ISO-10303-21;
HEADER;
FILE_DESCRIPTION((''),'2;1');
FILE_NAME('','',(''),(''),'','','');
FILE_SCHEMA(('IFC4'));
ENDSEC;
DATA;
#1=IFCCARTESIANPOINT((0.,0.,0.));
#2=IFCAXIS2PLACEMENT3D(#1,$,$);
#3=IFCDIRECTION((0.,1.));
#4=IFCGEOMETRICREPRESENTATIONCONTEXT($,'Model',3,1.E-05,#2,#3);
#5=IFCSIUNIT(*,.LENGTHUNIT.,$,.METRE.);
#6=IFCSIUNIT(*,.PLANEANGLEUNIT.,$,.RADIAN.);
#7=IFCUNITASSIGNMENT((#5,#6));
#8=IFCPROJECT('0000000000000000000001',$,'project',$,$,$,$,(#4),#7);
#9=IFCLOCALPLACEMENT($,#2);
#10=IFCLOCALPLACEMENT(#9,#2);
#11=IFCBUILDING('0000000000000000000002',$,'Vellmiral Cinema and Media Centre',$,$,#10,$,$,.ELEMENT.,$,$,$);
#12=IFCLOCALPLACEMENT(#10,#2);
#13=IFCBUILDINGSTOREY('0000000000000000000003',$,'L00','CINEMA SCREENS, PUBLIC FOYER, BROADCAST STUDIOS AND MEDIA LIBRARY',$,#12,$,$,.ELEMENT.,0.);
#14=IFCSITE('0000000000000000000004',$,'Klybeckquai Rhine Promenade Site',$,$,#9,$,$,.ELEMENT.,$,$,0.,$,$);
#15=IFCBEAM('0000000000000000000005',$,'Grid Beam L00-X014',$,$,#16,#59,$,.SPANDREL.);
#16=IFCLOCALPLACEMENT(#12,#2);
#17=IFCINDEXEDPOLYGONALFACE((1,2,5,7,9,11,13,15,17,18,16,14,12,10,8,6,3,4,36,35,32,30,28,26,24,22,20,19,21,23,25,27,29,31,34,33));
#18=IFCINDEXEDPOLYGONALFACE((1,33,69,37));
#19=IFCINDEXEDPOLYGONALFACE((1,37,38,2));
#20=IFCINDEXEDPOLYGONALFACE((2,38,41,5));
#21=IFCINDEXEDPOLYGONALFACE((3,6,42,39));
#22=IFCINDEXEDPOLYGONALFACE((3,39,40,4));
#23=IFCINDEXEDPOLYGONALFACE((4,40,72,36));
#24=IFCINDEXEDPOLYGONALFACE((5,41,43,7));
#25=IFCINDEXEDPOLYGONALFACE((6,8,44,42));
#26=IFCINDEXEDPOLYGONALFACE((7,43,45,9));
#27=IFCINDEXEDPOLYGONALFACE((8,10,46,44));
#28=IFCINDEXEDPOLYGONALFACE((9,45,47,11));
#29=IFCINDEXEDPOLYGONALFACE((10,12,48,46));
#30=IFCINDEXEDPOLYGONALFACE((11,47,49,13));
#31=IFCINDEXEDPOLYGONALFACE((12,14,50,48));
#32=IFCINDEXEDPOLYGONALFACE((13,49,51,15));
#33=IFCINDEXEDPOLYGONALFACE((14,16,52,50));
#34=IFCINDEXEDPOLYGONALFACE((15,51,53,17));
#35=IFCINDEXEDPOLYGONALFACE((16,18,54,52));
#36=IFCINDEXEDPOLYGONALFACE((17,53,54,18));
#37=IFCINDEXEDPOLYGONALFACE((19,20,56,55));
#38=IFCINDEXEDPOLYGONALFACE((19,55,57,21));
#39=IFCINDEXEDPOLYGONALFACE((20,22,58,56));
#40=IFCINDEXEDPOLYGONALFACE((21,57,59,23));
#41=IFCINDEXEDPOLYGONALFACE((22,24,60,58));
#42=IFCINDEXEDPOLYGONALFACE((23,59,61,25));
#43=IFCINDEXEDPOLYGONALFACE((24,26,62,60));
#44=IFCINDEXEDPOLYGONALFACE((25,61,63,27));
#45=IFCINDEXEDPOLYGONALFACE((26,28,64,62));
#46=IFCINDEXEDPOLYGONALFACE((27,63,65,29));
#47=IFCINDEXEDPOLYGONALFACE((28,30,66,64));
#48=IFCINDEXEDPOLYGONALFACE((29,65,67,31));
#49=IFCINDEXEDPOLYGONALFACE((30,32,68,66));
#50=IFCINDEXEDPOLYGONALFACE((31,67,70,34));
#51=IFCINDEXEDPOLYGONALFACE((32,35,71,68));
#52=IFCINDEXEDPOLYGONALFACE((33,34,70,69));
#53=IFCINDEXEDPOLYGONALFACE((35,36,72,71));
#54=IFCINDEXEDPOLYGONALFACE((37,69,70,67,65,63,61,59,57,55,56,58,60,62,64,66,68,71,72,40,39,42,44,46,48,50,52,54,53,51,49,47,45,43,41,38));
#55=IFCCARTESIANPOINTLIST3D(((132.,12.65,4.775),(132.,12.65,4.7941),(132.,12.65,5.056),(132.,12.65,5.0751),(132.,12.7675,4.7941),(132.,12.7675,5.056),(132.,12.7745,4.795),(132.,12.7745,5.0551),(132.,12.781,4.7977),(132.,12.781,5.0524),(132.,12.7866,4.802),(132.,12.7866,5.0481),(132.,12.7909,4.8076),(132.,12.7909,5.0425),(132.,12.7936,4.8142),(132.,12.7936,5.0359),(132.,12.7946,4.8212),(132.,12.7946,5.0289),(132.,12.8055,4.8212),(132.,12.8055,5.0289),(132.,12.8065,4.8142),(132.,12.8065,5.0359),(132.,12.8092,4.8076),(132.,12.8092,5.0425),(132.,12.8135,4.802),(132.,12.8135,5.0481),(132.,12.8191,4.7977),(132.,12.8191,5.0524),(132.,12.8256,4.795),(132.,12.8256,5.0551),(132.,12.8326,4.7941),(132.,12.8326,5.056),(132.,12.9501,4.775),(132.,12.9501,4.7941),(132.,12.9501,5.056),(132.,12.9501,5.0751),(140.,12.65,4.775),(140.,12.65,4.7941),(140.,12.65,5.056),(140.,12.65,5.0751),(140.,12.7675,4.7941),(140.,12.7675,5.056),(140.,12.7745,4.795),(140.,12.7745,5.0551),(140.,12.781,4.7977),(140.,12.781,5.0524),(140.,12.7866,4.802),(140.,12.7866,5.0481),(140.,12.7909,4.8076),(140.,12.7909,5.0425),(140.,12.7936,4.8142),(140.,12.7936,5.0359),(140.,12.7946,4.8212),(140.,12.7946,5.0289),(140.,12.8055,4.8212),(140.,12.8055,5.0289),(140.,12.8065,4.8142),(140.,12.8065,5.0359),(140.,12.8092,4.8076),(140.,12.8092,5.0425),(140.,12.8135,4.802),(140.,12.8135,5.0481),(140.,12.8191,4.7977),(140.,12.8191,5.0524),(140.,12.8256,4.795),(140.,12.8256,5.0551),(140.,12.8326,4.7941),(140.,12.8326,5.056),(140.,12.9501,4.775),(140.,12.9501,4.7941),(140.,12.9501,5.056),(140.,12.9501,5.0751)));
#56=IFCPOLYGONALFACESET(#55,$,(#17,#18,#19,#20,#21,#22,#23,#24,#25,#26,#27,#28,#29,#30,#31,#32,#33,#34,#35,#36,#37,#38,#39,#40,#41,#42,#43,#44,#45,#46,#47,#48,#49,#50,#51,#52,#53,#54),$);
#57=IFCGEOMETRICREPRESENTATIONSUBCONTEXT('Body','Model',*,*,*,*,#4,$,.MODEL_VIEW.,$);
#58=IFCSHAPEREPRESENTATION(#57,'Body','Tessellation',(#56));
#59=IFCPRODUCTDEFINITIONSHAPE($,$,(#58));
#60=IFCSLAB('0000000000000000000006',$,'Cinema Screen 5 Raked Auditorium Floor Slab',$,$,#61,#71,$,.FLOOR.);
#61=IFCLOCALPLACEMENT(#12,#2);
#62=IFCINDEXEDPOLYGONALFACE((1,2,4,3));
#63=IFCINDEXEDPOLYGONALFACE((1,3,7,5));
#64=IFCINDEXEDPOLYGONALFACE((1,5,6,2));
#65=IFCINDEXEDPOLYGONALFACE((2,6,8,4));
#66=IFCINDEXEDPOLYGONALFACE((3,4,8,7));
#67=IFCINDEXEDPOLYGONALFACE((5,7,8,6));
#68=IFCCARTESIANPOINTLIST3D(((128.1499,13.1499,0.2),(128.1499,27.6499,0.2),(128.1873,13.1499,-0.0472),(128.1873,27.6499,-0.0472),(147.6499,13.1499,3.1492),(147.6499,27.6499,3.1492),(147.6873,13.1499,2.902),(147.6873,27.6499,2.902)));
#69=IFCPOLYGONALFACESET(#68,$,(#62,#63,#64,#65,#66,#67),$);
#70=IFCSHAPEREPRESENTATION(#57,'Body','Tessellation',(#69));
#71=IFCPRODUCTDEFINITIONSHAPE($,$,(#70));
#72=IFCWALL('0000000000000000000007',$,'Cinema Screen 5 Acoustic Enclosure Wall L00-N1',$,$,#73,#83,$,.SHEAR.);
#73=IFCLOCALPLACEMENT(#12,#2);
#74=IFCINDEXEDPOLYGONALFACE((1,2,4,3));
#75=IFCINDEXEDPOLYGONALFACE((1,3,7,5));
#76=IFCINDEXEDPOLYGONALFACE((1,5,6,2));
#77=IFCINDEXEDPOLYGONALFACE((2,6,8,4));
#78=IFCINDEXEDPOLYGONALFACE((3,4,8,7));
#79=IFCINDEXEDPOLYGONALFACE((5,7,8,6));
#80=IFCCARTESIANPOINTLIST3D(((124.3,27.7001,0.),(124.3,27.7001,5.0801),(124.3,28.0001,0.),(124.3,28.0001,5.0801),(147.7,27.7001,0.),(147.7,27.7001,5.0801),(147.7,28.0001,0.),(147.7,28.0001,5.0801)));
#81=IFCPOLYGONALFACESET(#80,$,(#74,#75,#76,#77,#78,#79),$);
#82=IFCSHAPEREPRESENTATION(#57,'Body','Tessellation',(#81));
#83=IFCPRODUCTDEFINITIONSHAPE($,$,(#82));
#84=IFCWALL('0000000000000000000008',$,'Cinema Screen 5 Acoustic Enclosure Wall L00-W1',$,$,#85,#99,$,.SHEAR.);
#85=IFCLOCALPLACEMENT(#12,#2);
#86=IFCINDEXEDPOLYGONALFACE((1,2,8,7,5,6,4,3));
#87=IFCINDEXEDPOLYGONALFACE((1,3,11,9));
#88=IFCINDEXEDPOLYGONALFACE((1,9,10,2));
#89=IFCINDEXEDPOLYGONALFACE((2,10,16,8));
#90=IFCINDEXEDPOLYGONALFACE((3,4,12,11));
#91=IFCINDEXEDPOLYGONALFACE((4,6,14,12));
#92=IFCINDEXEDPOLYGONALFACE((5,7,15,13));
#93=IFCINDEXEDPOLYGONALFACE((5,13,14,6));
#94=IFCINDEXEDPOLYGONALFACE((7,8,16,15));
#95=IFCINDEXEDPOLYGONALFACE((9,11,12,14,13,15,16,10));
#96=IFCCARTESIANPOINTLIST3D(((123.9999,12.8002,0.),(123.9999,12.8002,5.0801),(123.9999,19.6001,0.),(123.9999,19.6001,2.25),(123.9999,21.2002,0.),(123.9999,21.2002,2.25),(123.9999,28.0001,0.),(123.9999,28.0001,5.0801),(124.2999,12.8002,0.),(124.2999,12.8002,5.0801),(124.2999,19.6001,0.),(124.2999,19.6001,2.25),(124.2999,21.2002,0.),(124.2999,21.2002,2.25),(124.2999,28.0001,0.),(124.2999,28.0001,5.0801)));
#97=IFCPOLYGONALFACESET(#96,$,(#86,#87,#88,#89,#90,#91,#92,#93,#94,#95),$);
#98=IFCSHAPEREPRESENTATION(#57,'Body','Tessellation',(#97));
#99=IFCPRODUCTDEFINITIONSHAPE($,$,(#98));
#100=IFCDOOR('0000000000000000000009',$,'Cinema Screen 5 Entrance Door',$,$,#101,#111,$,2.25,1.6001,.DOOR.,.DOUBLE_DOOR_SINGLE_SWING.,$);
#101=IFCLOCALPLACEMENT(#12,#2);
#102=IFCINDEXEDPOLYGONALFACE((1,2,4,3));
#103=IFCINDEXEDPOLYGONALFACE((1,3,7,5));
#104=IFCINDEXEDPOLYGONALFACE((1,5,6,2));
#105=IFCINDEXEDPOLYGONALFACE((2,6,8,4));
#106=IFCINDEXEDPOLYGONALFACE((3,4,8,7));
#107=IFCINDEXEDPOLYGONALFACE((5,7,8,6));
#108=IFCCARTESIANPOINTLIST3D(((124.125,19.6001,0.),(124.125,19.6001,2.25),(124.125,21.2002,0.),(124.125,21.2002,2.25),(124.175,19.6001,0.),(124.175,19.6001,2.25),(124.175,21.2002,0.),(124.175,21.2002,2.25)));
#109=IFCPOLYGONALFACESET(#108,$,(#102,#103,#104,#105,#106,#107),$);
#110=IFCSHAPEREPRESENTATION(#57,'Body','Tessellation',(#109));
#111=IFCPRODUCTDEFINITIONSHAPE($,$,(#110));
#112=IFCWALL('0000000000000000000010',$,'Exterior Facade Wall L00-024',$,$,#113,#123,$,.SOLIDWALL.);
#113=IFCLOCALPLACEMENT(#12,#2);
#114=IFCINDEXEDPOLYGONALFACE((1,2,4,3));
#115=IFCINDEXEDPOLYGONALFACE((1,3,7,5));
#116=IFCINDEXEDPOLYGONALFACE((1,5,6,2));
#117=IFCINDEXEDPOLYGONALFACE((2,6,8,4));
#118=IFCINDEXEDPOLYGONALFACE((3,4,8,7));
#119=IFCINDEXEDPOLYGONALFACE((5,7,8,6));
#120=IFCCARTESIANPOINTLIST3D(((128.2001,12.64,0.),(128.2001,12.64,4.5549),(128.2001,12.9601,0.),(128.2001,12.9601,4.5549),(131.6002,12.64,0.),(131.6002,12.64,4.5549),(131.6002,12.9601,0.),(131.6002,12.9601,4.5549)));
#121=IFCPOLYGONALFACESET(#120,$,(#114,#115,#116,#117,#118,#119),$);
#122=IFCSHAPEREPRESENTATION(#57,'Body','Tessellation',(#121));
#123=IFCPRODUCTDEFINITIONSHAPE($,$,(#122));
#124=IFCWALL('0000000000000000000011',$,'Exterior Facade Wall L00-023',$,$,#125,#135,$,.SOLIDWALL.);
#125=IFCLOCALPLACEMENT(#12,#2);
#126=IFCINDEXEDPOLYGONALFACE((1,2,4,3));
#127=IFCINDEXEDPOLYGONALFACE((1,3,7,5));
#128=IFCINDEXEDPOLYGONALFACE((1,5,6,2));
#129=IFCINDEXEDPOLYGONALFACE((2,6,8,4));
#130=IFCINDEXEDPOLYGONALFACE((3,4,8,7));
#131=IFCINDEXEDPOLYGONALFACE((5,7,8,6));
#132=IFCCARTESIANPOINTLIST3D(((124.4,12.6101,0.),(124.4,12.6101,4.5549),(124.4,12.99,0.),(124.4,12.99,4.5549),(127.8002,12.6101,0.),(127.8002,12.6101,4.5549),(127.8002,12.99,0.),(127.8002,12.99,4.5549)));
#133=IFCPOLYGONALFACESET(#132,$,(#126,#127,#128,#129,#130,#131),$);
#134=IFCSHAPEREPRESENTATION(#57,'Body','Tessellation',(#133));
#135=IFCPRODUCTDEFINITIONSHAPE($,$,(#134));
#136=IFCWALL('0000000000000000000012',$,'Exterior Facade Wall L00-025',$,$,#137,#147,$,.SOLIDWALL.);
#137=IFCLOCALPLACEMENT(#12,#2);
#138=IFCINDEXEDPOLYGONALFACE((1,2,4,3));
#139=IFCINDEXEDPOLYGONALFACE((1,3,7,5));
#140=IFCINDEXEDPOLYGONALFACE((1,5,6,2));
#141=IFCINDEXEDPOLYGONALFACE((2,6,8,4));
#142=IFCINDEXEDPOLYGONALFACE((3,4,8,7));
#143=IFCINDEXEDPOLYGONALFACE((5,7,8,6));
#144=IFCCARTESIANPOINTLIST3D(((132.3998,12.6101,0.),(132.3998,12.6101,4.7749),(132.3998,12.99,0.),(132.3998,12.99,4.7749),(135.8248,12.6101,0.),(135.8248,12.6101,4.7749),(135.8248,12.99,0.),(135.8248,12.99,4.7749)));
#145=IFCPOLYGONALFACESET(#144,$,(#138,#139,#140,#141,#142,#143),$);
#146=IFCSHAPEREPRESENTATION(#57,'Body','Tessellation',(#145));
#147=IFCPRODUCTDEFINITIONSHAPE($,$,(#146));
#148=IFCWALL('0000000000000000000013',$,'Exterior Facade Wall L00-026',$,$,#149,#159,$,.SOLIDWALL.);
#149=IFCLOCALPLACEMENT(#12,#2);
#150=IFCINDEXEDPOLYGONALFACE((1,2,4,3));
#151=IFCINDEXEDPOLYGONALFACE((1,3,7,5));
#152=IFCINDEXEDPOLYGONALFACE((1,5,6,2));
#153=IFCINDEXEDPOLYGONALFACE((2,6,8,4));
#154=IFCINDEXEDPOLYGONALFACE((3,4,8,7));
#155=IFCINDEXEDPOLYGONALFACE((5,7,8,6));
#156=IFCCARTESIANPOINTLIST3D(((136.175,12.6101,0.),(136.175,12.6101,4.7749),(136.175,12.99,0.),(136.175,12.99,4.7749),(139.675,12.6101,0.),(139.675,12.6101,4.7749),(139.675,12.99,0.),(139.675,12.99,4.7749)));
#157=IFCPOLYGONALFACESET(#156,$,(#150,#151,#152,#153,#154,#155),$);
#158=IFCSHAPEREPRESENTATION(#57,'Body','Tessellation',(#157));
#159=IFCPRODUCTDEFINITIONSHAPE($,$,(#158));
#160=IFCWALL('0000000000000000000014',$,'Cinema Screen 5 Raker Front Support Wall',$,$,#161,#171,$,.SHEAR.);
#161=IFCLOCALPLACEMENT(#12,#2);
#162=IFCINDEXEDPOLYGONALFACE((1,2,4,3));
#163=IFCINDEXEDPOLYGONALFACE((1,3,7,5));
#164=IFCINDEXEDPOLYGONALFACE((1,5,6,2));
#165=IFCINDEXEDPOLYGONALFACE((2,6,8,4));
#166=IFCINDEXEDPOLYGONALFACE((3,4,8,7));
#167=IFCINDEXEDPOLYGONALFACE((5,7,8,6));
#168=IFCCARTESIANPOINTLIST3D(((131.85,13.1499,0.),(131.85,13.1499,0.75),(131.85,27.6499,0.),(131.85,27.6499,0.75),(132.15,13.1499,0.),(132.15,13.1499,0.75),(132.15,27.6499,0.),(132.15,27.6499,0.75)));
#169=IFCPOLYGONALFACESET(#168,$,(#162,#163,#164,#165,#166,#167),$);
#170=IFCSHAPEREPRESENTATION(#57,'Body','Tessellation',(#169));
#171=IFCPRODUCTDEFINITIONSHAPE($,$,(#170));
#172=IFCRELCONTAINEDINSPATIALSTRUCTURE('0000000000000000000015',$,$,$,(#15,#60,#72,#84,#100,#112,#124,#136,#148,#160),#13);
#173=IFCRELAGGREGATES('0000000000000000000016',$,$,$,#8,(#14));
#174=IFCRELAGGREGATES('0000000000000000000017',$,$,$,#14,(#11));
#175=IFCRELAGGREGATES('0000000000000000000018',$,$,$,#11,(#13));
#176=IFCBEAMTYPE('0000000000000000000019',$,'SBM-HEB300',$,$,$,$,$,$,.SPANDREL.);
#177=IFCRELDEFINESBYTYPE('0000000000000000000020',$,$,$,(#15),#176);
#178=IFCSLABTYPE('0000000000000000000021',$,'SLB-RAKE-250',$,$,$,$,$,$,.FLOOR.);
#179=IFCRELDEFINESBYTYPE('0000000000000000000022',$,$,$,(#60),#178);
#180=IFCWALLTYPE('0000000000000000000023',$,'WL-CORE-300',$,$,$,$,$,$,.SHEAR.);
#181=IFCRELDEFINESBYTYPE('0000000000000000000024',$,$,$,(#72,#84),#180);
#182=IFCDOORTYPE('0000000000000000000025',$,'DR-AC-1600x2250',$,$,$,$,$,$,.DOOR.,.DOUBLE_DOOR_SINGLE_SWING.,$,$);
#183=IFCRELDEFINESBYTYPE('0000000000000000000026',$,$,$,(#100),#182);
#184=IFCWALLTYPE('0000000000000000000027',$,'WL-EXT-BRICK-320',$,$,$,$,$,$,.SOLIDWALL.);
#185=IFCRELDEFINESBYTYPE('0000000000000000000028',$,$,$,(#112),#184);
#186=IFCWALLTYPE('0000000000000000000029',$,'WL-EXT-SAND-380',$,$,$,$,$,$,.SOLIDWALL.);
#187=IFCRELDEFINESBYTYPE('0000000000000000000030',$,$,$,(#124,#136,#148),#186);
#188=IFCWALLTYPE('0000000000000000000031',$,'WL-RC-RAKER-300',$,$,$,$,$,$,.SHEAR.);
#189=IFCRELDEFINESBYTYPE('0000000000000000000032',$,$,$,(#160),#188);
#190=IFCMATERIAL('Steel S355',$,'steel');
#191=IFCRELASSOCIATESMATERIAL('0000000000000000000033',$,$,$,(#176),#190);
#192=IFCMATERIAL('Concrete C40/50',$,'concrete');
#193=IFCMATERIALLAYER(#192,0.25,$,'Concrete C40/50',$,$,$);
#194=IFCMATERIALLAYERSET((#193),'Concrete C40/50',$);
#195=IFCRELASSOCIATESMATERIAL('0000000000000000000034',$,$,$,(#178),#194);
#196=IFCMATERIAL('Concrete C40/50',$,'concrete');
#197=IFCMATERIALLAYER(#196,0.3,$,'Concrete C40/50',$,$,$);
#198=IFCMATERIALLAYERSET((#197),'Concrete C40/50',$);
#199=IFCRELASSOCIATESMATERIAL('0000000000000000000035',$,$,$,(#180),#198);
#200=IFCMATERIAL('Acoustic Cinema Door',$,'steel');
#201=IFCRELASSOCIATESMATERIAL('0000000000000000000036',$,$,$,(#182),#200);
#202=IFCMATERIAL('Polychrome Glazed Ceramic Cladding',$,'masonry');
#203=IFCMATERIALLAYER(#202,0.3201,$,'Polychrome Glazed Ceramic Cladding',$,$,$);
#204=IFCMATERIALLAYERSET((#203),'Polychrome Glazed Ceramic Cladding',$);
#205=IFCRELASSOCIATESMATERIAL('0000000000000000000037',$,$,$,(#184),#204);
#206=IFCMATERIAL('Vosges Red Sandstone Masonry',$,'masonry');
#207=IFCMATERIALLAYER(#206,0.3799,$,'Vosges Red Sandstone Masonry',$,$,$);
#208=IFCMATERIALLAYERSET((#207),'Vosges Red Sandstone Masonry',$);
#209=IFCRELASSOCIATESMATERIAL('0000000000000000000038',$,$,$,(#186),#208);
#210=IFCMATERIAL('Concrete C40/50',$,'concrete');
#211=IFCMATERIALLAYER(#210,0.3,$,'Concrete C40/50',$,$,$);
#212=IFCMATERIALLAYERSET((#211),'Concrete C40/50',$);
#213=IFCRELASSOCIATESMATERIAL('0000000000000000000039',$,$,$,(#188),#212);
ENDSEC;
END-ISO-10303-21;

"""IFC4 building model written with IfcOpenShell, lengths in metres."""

from ifc_helpers import new_model, si_unit, direction, frame, frame_2d, origin, origin_2d, place, context, subcontext, project, spatial, polyline, rectangle, i_section, outline, extrude, material, layer, layer_set, material_profile, profile_set, type_object, element, fill, save


model = new_model("IFC4")

# Units and contexts
model_context = context("Model", 3, precision=1e-05, world=origin(), true_north=direction((0.0, 1.0)))
body_context = subcontext(model_context, "Body", "Model", "MODEL_VIEW")
ifc_project = project(units=[si_unit("LENGTHUNIT", "METRE"), si_unit("PLANEANGLEUNIT", "RADIAN")], contexts=[model_context])

# Site, building, storey
site_placement = place(None, origin())
site = spatial("IfcSite", under=ifc_project, at=site_placement, Name="Klybeckquai Rhine Promenade Site", CompositionType="ELEMENT", RefElevation=0.0)
building_placement = place(site_placement, origin())
building = spatial("IfcBuilding", under=site, at=building_placement, Name="Vellmiral Cinema and Media Centre", CompositionType="ELEMENT")
storey_placement = place(building_placement, origin())
storey = spatial("IfcBuildingStorey", under=building, at=storey_placement, Name="L00", Description="CINEMA SCREENS, PUBLIC FOYER, BROADCAST STUDIOS AND MEDIA LIBRARY", CompositionType="ELEMENT", Elevation=0.0)

# Beam
ifc_material_1 = material(Name="Steel S355", Category="steel")
ifc_material_profile_1 = material_profile(ifc_material_1, i_section(OverallWidth=0.3, OverallDepth=0.3, WebThickness=0.011, FlangeThickness=0.019, FilletRadius=0.0271, at=origin_2d()), Name="HEB 300")
ifc_profile_set_1 = profile_set([ifc_material_profile_1], Name="Steel S355")
beam_type_1 = type_object("IfcBeamType", Name="SBM-HEB300", PredefinedType="SPANDREL", material=ifc_profile_set_1)
beam_1_placement = place(storey_placement, frame((132.0, 12.8, 4.925), z_axis=(1.0, 0.0, 0.0), x_axis=(0.0, 1.0, 0.0)))
element("IfcBeam", 1, at=beam_1_placement, inside=storey, type_object=beam_type_1, Name="Grid Beam L00-X014", PredefinedType="SPANDREL", context=body_context, shape_type="SweptSolid", body=[
    extrude(i_section(OverallWidth=0.3, OverallDepth=0.3, WebThickness=0.011, FlangeThickness=0.019, FilletRadius=0.0271, at=origin_2d()), origin(), (0.0, 0.0, 1.0), 8.0),
])

# Slab
ifc_material_2 = material(Name="Concrete C40/50", Category="concrete")
ifc_layer_1 = layer(ifc_material_2, 0.25, Name="Concrete C40/50")
ifc_layer_set_1 = layer_set([ifc_layer_1], Name="Concrete C40/50")
slab_type = type_object("IfcSlabType", Name="SLB-RAKE-250", PredefinedType="FLOOR", material=ifc_layer_set_1)
slab_placement = place(storey_placement, frame((128.1499, 13.1499, 0.2), z_axis=(-0.149541, 0.0, 0.988755), x_axis=(0.988755, 0.0, 0.149541)))
element("IfcSlab", 2, at=slab_placement, inside=storey, type_object=slab_type, Name="Cinema Screen 5 Raked Auditorium Floor Slab", PredefinedType="FLOOR", context=body_context, shape_type="SweptSolid", body=[
    extrude(outline(polyline([(0.0, 0.0), (19.7218, 0.0), (19.7218, 14.5), (0.0, 14.5), (0.0, 0.0)])), origin(), (0.0, 0.0, -1.0), 0.25),
])

# Wall
ifc_material_3 = material(Name="Concrete C40/50", Category="concrete")
ifc_layer_2 = layer(ifc_material_3, 0.3, Name="Concrete C40/50")
ifc_layer_set_2 = layer_set([ifc_layer_2], Name="Concrete C40/50")
wall_type_1 = type_object("IfcWallType", Name="WL-CORE-300", PredefinedType="SHEAR", material=ifc_layer_set_2)
wall_1_placement = place(storey_placement, frame((124.3, 27.8501, 0.0), z_axis=(0.0, 0.0, 1.0), x_axis=(1.0, 0.0, 0.0)))
element("IfcWall", 3, at=wall_1_placement, inside=storey, type_object=wall_type_1, Name="Cinema Screen 5 Acoustic Enclosure Wall L00-N1", PredefinedType="SHEAR", context=body_context, shape_type="SweptSolid", body=[
    extrude(rectangle(XDim=23.3999, YDim=0.3, at=frame_2d((11.7, 0.0))), origin(), (0.0, 0.0, 1.0), 5.0801),
])

# Wall, opening, door
wall_2_placement = place(storey_placement, frame((124.1499, 12.8, 0.0), z_axis=(0.0, 0.0, 1.0), x_axis=(0.0, 1.0, 0.0)))
wall_2 = element("IfcWall", 4, at=wall_2_placement, inside=storey, type_object=wall_type_1, Name="Cinema Screen 5 Acoustic Enclosure Wall L00-W1", PredefinedType="SHEAR", context=body_context, shape_type="SweptSolid", body=[
    extrude(rectangle(XDim=15.2, YDim=0.3, at=frame_2d((7.6001, 0.0))), origin(), (0.0, 0.0, 1.0), 5.0801),
])
opening_placement = place(wall_2_placement, frame((6.8, 0.0, 0.0)))
opening = element("IfcOpeningElement", 5, at=opening_placement, cuts=wall_2, PredefinedType="OPENING", context=body_context, shape_type="SweptSolid", body=[
    extrude(rectangle(XDim=1.6001, YDim=2.25, at=frame_2d((0.8, 1.125))), frame((0.0, 0.1621, 0.0), z_axis=(0.0, -1.0, 0.0), x_axis=(1.0, 0.0, 0.0)), (0.0, 0.0, 1.0), 0.324),
])
ifc_material_4 = material(Name="Acoustic Cinema Door", Category="steel")
door_type = type_object("IfcDoorType", Name="DR-AC-1600x2250", OperationType="DOUBLE_DOOR_SINGLE_SWING", PredefinedType="DOOR", material=ifc_material_4)
door_placement = place(opening_placement, origin())
door = element("IfcDoor", 6, at=door_placement, inside=storey, type_object=door_type, Name="Cinema Screen 5 Entrance Door", OperationType="DOUBLE_DOOR_SINGLE_SWING", OverallHeight=2.25, OverallWidth=1.6001, PredefinedType="DOOR", context=body_context, shape_type="SweptSolid", body=[
    extrude(rectangle(XDim=1.6001, YDim=2.25, at=frame_2d((0.8, 1.125))), frame((0.0, 0.0249, 0.0), z_axis=(0.0, -1.0, 0.0), x_axis=(1.0, 0.0, 0.0)), (0.0, 0.0, 1.0), 0.05),
])
fill(opening, door)

# Walls
ifc_material_5 = material(Name="Polychrome Glazed Ceramic Cladding", Category="masonry")
ifc_layer_3 = layer(ifc_material_5, 0.3201, Name="Polychrome Glazed Ceramic Cladding")
ifc_layer_set_3 = layer_set([ifc_layer_3], Name="Polychrome Glazed Ceramic Cladding")
wall_type_2 = type_object("IfcWallType", Name="WL-EXT-BRICK-320", PredefinedType="SOLIDWALL", material=ifc_layer_set_3)
wall_3_placement = place(storey_placement, frame((128.2, 12.8, 0.0), z_axis=(0.0, 0.0, 1.0), x_axis=(1.0, 0.0, 0.0)))
element("IfcWall", 7, at=wall_3_placement, inside=storey, type_object=wall_type_2, Name="Exterior Facade Wall L00-024", PredefinedType="SOLIDWALL", context=body_context, shape_type="SweptSolid", body=[
    extrude(rectangle(XDim=3.4001, YDim=0.3201, at=frame_2d((1.7002, 0.0))), origin(), (0.0, 0.0, 1.0), 4.5549),
])
ifc_material_6 = material(Name="Vosges Red Sandstone Masonry", Category="masonry")
ifc_layer_4 = layer(ifc_material_6, 0.3799, Name="Vosges Red Sandstone Masonry")
ifc_layer_set_4 = layer_set([ifc_layer_4], Name="Vosges Red Sandstone Masonry")
wall_type_3 = type_object("IfcWallType", Name="WL-EXT-SAND-380", PredefinedType="SOLIDWALL", material=ifc_layer_set_4)
wall_4_placement = place(storey_placement, frame((124.3999, 12.8, 0.0), z_axis=(0.0, 0.0, 1.0), x_axis=(1.0, 0.0, 0.0)))
element("IfcWall", 8, at=wall_4_placement, inside=storey, type_object=wall_type_3, Name="Exterior Facade Wall L00-023", PredefinedType="SOLIDWALL", context=body_context, shape_type="SweptSolid", body=[
    extrude(rectangle(XDim=3.4001, YDim=0.3799, at=frame_2d((1.7002, 0.0))), origin(), (0.0, 0.0, 1.0), 4.5549),
])
wall_5_placement = place(storey_placement, frame((132.3999, 12.8, 0.0), z_axis=(0.0, 0.0, 1.0), x_axis=(1.0, 0.0, 0.0)))
element("IfcWall", 9, at=wall_5_placement, inside=storey, type_object=wall_type_3, Name="Exterior Facade Wall L00-025", PredefinedType="SOLIDWALL", context=body_context, shape_type="SweptSolid", body=[
    extrude(rectangle(XDim=3.425, YDim=0.3799, at=frame_2d((1.7124, 0.0))), origin(), (0.0, 0.0, 1.0), 4.7749),
])
wall_6_placement = place(storey_placement, frame((136.175, 12.8, 0.0), z_axis=(0.0, 0.0, 1.0), x_axis=(1.0, 0.0, 0.0)))
element("IfcWall", 10, at=wall_6_placement, inside=storey, type_object=wall_type_3, Name="Exterior Facade Wall L00-026", PredefinedType="SOLIDWALL", context=body_context, shape_type="SweptSolid", body=[
    extrude(rectangle(XDim=3.5, YDim=0.3799, at=frame_2d((1.75, 0.0))), origin(), (0.0, 0.0, 1.0), 4.7749),
])
ifc_material_7 = material(Name="Concrete C40/50", Category="concrete")
ifc_layer_5 = layer(ifc_material_7, 0.3, Name="Concrete C40/50")
ifc_layer_set_5 = layer_set([ifc_layer_5], Name="Concrete C40/50")
wall_type_4 = type_object("IfcWallType", Name="WL-RC-RAKER-300", PredefinedType="SHEAR", material=ifc_layer_set_5)
wall_7_placement = place(storey_placement, frame((132.0, 13.1499, 0.0), z_axis=(0.0, 0.0, 1.0), x_axis=(0.0, 1.0, 0.0)))
element("IfcWall", 11, at=wall_7_placement, inside=storey, type_object=wall_type_4, Name="Cinema Screen 5 Raker Front Support Wall", PredefinedType="SHEAR", context=body_context, shape_type="SweptSolid", body=[
    extrude(rectangle(XDim=14.5, YDim=0.3, at=frame_2d((7.25, 0.0))), origin(), (0.0, 0.0, 1.0), 0.75),
])

save(model, "model.ifc")
